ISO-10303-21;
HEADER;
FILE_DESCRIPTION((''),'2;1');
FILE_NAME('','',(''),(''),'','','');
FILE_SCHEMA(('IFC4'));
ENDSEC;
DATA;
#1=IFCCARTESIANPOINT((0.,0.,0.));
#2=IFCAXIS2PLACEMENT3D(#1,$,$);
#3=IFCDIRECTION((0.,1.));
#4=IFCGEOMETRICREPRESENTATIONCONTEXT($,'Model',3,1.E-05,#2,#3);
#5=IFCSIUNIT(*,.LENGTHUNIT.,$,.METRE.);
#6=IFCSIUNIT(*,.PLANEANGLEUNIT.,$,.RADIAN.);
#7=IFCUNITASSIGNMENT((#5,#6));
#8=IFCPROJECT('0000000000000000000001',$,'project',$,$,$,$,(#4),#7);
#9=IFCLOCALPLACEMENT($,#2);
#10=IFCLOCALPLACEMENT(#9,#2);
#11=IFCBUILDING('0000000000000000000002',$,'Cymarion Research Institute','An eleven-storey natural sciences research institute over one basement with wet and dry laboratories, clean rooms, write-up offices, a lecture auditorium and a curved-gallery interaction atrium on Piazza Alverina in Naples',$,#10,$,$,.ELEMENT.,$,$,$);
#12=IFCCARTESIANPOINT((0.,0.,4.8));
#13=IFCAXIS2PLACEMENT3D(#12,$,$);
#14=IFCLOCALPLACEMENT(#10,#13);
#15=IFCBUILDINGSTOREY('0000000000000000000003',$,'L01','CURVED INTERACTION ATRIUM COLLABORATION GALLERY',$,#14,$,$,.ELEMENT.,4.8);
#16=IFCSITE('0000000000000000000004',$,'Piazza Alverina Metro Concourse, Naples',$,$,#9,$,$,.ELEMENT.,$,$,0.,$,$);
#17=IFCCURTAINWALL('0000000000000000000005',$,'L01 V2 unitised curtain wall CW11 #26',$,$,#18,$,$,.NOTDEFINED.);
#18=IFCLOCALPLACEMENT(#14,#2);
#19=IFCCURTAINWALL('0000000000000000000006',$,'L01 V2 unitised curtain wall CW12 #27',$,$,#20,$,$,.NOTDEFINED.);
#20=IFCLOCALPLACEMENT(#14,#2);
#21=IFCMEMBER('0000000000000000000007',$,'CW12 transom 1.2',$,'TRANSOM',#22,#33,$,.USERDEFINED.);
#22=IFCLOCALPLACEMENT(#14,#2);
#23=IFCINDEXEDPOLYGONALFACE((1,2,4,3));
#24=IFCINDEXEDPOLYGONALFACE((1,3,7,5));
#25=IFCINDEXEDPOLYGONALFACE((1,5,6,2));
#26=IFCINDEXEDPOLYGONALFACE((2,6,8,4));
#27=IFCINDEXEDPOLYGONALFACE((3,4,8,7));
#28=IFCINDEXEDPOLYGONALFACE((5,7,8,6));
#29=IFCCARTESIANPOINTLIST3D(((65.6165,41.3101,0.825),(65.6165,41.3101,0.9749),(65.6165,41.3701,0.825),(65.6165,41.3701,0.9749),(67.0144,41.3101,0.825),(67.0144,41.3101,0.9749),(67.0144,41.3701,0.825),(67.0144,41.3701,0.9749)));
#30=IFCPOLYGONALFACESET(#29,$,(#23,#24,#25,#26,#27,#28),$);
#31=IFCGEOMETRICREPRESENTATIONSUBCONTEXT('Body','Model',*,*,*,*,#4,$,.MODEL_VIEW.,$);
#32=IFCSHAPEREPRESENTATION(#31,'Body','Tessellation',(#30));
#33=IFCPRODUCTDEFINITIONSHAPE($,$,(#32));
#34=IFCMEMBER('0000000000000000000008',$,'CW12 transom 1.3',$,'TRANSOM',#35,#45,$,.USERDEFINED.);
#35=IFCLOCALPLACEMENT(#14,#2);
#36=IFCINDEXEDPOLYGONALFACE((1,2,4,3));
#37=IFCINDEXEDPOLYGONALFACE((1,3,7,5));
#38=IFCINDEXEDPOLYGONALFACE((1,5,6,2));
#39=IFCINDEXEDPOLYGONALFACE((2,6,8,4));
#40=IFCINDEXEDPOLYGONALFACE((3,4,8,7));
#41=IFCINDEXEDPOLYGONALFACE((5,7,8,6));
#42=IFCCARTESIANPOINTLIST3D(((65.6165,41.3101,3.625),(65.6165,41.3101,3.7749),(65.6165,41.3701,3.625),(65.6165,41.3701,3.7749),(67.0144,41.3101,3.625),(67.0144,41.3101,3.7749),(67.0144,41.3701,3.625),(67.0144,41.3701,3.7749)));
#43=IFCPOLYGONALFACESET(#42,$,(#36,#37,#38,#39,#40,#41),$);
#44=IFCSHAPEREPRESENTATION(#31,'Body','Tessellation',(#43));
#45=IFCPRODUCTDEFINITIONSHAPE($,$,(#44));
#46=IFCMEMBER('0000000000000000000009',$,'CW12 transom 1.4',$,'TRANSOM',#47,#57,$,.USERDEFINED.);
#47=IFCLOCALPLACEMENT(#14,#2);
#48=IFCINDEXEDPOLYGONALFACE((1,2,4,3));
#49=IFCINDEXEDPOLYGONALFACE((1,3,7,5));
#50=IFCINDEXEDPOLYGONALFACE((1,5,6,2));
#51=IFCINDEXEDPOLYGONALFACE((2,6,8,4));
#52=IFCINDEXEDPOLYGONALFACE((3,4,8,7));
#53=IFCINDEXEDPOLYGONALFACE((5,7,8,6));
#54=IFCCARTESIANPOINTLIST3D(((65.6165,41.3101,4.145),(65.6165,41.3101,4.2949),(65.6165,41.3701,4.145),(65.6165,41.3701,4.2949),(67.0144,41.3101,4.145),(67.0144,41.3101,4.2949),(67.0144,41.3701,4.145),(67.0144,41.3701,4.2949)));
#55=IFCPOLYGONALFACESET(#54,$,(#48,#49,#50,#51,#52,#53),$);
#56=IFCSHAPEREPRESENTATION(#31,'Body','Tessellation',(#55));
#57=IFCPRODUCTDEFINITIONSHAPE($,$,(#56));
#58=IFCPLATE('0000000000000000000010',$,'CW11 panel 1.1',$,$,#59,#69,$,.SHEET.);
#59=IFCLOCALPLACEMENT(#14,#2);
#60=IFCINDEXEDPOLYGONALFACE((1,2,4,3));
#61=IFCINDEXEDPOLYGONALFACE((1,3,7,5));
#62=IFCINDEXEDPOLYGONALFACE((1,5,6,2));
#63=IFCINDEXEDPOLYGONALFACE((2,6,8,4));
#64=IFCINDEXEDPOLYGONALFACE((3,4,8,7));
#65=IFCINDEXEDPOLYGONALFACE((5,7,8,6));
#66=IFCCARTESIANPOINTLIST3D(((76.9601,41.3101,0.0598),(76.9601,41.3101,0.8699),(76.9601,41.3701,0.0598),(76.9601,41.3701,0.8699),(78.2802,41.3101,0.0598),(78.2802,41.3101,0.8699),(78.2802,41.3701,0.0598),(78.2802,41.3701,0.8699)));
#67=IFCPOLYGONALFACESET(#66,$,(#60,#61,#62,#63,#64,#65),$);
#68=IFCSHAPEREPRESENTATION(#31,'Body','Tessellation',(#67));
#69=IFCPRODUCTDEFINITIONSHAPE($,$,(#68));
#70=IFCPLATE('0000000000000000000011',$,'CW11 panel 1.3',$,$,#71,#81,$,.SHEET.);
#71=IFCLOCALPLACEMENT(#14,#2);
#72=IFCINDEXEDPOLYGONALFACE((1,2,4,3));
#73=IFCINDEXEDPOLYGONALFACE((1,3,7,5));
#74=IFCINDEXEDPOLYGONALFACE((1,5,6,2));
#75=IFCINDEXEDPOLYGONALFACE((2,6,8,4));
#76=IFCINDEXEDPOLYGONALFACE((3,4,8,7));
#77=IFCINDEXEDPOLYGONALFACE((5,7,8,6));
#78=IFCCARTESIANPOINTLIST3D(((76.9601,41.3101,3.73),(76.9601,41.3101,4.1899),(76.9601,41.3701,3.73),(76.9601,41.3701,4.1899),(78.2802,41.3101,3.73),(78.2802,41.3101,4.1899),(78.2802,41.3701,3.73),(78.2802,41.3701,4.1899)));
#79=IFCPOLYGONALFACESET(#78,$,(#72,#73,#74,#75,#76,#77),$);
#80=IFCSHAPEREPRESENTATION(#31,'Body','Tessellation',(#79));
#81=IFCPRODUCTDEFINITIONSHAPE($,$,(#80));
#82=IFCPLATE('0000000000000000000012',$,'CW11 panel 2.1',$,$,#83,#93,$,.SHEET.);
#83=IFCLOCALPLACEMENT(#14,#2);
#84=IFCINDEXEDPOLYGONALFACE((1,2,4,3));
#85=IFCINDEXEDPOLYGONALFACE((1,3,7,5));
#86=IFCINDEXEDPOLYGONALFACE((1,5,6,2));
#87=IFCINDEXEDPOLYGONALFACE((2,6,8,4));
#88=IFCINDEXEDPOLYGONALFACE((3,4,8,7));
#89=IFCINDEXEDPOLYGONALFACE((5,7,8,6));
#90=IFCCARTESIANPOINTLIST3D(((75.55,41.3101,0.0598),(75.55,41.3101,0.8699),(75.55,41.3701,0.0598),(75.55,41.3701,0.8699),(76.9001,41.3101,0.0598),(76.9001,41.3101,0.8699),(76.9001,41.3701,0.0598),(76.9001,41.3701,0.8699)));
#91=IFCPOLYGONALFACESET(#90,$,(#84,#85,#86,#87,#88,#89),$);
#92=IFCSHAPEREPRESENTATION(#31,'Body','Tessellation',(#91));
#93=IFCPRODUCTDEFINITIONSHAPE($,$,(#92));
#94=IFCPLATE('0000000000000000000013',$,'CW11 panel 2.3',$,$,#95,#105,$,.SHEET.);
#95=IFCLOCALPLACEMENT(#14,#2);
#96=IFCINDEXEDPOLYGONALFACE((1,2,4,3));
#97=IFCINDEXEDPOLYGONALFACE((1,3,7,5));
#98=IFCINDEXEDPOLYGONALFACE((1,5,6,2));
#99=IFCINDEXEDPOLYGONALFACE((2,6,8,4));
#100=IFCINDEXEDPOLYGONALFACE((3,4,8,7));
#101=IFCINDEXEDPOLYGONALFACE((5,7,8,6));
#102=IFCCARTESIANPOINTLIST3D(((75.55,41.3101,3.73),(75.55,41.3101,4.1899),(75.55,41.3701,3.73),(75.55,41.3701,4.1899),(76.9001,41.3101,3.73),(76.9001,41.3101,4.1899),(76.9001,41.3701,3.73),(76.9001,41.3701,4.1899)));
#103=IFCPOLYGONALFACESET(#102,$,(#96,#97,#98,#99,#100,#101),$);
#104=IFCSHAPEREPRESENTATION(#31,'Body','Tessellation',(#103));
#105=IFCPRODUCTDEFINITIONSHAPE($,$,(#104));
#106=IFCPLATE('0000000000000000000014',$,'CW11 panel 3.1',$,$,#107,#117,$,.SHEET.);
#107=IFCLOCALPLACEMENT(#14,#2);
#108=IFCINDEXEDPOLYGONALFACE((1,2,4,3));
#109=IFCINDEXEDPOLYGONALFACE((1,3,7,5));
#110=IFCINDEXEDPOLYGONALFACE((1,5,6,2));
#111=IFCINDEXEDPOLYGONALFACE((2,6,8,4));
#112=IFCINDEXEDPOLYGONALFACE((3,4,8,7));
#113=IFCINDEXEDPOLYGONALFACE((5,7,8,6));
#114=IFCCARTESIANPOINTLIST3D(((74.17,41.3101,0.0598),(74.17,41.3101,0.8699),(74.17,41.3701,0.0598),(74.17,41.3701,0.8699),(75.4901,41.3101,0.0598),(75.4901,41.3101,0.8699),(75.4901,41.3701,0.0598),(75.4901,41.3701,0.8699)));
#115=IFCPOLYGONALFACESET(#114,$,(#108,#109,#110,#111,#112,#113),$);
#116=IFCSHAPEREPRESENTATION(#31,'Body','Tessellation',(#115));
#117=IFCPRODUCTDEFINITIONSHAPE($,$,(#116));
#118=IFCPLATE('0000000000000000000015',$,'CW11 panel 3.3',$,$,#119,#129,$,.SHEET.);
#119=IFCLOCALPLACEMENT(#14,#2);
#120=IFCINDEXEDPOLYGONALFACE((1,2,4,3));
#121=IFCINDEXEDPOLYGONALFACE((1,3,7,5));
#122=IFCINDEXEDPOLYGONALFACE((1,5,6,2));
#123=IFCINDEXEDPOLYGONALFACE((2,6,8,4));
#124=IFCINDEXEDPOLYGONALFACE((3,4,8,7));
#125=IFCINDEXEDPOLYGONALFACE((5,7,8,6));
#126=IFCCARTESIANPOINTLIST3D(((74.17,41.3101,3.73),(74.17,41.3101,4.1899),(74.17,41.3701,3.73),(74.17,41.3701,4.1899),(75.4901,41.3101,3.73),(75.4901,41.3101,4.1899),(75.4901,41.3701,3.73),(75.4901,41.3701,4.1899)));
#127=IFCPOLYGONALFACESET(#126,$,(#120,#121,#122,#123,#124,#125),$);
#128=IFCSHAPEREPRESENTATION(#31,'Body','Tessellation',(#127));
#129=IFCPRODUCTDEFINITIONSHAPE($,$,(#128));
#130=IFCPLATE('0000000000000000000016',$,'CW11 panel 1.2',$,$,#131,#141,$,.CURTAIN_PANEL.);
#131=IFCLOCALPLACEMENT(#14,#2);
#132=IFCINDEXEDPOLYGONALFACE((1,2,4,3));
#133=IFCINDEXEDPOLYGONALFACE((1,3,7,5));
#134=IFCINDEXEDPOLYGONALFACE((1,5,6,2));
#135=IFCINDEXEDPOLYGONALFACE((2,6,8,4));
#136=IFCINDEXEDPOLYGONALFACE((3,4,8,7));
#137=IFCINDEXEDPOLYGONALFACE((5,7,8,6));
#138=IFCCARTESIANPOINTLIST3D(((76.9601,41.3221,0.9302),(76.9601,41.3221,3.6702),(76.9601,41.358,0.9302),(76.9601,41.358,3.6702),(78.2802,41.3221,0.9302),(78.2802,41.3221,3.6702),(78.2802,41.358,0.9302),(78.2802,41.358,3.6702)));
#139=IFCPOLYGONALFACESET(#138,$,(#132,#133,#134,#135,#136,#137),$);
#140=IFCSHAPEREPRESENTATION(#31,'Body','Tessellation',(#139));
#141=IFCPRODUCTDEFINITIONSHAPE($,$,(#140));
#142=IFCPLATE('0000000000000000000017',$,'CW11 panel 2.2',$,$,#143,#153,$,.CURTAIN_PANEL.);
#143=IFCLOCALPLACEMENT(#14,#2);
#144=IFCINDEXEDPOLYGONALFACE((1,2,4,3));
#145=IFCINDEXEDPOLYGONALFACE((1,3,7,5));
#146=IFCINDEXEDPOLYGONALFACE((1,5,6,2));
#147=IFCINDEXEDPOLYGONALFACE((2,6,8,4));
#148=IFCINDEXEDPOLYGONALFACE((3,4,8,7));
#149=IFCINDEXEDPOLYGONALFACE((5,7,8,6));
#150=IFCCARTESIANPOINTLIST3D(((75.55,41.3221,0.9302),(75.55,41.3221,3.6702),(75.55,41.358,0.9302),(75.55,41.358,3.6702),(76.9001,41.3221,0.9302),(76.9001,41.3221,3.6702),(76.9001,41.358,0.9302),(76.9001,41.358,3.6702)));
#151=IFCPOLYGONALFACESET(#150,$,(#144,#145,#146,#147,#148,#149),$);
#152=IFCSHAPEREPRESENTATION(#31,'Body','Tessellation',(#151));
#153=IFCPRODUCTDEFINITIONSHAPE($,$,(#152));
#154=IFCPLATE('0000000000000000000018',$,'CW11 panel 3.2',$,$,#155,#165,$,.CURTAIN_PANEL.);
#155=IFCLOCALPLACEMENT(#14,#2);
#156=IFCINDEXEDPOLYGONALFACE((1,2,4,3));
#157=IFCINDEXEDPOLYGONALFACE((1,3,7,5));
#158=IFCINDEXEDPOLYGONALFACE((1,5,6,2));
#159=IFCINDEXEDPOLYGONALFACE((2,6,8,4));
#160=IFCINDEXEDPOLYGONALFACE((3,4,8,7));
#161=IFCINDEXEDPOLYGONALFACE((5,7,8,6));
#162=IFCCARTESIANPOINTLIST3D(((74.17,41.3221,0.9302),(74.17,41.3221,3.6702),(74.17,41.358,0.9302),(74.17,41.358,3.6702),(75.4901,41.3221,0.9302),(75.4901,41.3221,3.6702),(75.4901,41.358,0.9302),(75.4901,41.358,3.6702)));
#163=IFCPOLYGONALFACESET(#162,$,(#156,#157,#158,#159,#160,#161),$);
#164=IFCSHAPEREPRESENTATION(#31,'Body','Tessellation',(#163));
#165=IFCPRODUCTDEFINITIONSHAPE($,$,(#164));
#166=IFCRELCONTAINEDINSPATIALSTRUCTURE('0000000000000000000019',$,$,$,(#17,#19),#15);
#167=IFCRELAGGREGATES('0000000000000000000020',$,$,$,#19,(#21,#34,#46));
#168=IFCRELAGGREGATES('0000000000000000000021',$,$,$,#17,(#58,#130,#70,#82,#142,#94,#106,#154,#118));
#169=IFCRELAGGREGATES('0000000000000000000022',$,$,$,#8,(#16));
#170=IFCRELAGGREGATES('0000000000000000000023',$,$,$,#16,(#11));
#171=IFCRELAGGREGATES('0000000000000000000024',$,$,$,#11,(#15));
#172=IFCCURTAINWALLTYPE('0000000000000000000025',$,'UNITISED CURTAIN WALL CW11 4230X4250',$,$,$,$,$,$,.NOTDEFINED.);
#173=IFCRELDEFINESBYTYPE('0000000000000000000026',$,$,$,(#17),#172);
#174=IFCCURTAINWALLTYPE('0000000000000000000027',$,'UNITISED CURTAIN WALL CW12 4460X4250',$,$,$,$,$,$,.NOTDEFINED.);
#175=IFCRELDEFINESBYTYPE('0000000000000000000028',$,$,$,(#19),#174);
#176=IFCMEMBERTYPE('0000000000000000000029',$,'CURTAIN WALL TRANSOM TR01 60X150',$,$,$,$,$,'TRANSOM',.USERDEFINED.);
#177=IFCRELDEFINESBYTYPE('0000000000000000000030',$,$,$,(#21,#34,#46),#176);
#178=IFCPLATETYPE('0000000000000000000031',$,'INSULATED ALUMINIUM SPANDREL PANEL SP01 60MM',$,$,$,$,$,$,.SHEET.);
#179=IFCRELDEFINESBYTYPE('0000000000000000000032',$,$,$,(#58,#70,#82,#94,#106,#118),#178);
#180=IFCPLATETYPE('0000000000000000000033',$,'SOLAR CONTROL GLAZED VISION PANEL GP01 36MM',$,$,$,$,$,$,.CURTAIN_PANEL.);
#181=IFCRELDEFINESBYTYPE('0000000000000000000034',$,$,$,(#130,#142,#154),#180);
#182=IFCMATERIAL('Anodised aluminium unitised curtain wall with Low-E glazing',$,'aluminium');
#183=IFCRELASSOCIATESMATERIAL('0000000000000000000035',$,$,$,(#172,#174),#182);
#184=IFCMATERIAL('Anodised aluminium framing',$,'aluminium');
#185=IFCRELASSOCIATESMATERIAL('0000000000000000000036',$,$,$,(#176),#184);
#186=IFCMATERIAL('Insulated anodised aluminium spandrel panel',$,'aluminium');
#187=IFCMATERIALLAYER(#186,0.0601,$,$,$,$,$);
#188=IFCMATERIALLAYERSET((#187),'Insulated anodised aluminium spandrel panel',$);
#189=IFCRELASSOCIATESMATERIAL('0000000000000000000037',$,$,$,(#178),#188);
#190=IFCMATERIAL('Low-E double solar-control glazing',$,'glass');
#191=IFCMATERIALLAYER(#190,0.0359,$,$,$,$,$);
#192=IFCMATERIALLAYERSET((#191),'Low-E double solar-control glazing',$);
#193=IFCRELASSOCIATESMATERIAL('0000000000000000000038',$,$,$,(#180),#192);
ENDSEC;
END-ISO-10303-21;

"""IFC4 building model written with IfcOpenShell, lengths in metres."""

from ifc_helpers import new_model, si_unit, direction, frame, origin, origin_2d, place, context, subcontext, project, spatial, rectangle, extrude, material, layer, layer_set, material_profile, profile_set, type_object, element, aggregate, save


model = new_model("IFC4")

# Units and contexts
model_context = context("Model", 3, precision=1e-05, world=origin(), true_north=direction((0.0, 1.0)))
body_context = subcontext(model_context, "Body", "Model", "MODEL_VIEW")
ifc_project = project(units=[si_unit("LENGTHUNIT", "METRE"), si_unit("PLANEANGLEUNIT", "RADIAN")], contexts=[model_context])

# Site, building, storey
site_placement = place(None, origin())
site = spatial("IfcSite", under=ifc_project, at=site_placement, Name="Piazza Alverina Metro Concourse, Naples", CompositionType="ELEMENT", RefElevation=0.0)
building_placement = place(site_placement, origin())
building = spatial("IfcBuilding", under=site, at=building_placement, Name="Cymarion Research Institute", Description="An eleven-storey natural sciences research institute over one basement with wet and dry laboratories, clean rooms, write-up offices, a lecture auditorium and a curved-gallery interaction atrium on Piazza Alverina in Naples", CompositionType="ELEMENT")
storey_placement = place(building_placement, frame((0.0, 0.0, 4.8)))
storey = spatial("IfcBuildingStorey", under=building, at=storey_placement, Name="L01", Description="CURVED INTERACTION ATRIUM COLLABORATION GALLERY", CompositionType="ELEMENT", Elevation=4.8)

# Curtain wall
ifc_material_1 = material(Name="Anodised aluminium unitised curtain wall with Low-E glazing", Category="aluminium")
curtain_wall_type_1 = type_object("IfcCurtainWallType", Name="UNITISED CURTAIN WALL CW11 4230X4250", PredefinedType="NOTDEFINED", material=ifc_material_1)
curtain_wall_1_placement = place(storey_placement, origin())
curtain_wall_1 = element("IfcCurtainWall", 1, at=curtain_wall_1_placement, inside=storey, type_object=curtain_wall_type_1, Name="L01 V2 unitised curtain wall CW11 #26", PredefinedType="NOTDEFINED")
ifc_material_2 = material(Name="Anodised aluminium framing", Category="aluminium")

# Curtain wall
curtain_wall_type_2 = type_object("IfcCurtainWallType", Name="UNITISED CURTAIN WALL CW12 4460X4250", PredefinedType="NOTDEFINED", material=ifc_material_1)
curtain_wall_2_placement = place(storey_placement, origin())
curtain_wall_2 = element("IfcCurtainWall", 2, at=curtain_wall_2_placement, inside=storey, type_object=curtain_wall_type_2, Name="L01 V2 unitised curtain wall CW12 #27", PredefinedType="NOTDEFINED")

# Members
ifc_material_profile_1 = material_profile(ifc_material_2, rectangle(XDim=0.0601, YDim=0.1499, at=origin_2d()), Name="ALU TRANSOM 60x150")
ifc_profile_set_1 = profile_set([ifc_material_profile_1], Name="Anodised aluminium framing")
member_type_1 = type_object("IfcMemberType", Name="CURTAIN WALL TRANSOM TR01 60X150", ElementType="TRANSOM", PredefinedType="USERDEFINED", material=ifc_profile_set_1)
member_1_placement = place(storey_placement, frame((67.0144, 41.3401, 0.8999), z_axis=(-1.0, 0.0, 0.0), x_axis=(0.0, -1.0, 0.0)))
member_1 = element("IfcMember", 3, at=member_1_placement, type_object=member_type_1, Name="CW12 transom 1.2", ObjectType="TRANSOM", PredefinedType="USERDEFINED", context=body_context, shape_type="SweptSolid", body=[
    extrude(rectangle(XDim=0.0601, YDim=0.1499, at=origin_2d()), origin(), (0.0, 0.0, 1.0), 1.3979),
])
member_2_placement = place(storey_placement, frame((67.0144, 41.3401, 3.7), z_axis=(-1.0, 0.0, 0.0), x_axis=(0.0, -1.0, 0.0)))
member_2 = element("IfcMember", 4, at=member_2_placement, type_object=member_type_1, Name="CW12 transom 1.3", ObjectType="TRANSOM", PredefinedType="USERDEFINED", context=body_context, shape_type="SweptSolid", body=[
    extrude(rectangle(XDim=0.0601, YDim=0.1499, at=origin_2d()), origin(), (0.0, 0.0, 1.0), 1.3979),
])
member_3_placement = place(storey_placement, frame((67.0144, 41.3401, 4.22), z_axis=(-1.0, 0.0, 0.0), x_axis=(0.0, -1.0, 0.0)))
member_3 = element("IfcMember", 5, at=member_3_placement, type_object=member_type_1, Name="CW12 transom 1.4", ObjectType="TRANSOM", PredefinedType="USERDEFINED", context=body_context, shape_type="SweptSolid", body=[
    extrude(rectangle(XDim=0.0601, YDim=0.1499, at=origin_2d()), origin(), (0.0, 0.0, 1.0), 1.3979),
])
aggregate(curtain_wall_2, [member_1, member_2, member_3])

# Plates
ifc_material_3 = material(Name="Insulated anodised aluminium spandrel panel", Category="aluminium")
ifc_layer_1 = layer(ifc_material_3, 0.0601)
ifc_layer_set_1 = layer_set([ifc_layer_1], Name="Insulated anodised aluminium spandrel panel")
plate_type_1 = type_object("IfcPlateType", Name="INSULATED ALUMINIUM SPANDREL PANEL SP01 60MM", PredefinedType="SHEET", material=ifc_layer_set_1)
plate_1_placement = place(storey_placement, frame((77.6201, 41.3401, 0.0598), z_axis=(0.0, 0.0, 1.0), x_axis=(-1.0, 0.0, 0.0)))
plate_1 = element("IfcPlate", 6, at=plate_1_placement, type_object=plate_type_1, Name="CW11 panel 1.1", PredefinedType="SHEET", context=body_context, shape_type="SweptSolid", body=[
    extrude(rectangle(XDim=1.3201, YDim=0.0601, at=origin_2d()), origin(), (0.0, 0.0, 1.0), 0.8101),
])
plate_2_placement = place(storey_placement, frame((77.6201, 41.3401, 3.73), z_axis=(0.0, 0.0, 1.0), x_axis=(-1.0, 0.0, 0.0)))
plate_2 = element("IfcPlate", 7, at=plate_2_placement, type_object=plate_type_1, Name="CW11 panel 1.3", PredefinedType="SHEET", context=body_context, shape_type="SweptSolid", body=[
    extrude(rectangle(XDim=1.3201, YDim=0.0601, at=origin_2d()), origin(), (0.0, 0.0, 1.0), 0.46),
])
plate_3_placement = place(storey_placement, frame((76.2251, 41.3401, 0.0598), z_axis=(0.0, 0.0, 1.0), x_axis=(-1.0, 0.0, 0.0)))
plate_3 = element("IfcPlate", 8, at=plate_3_placement, type_object=plate_type_1, Name="CW11 panel 2.1", PredefinedType="SHEET", context=body_context, shape_type="SweptSolid", body=[
    extrude(rectangle(XDim=1.3501, YDim=0.0601, at=origin_2d()), origin(), (0.0, 0.0, 1.0), 0.8101),
])
plate_4_placement = place(storey_placement, frame((76.2251, 41.3401, 3.73), z_axis=(0.0, 0.0, 1.0), x_axis=(-1.0, 0.0, 0.0)))
plate_4 = element("IfcPlate", 9, at=plate_4_placement, type_object=plate_type_1, Name="CW11 panel 2.3", PredefinedType="SHEET", context=body_context, shape_type="SweptSolid", body=[
    extrude(rectangle(XDim=1.3501, YDim=0.0601, at=origin_2d()), origin(), (0.0, 0.0, 1.0), 0.46),
])
plate_5_placement = place(storey_placement, frame((74.8301, 41.3401, 0.0598), z_axis=(0.0, 0.0, 1.0), x_axis=(-1.0, 0.0, 0.0)))
plate_5 = element("IfcPlate", 10, at=plate_5_placement, type_object=plate_type_1, Name="CW11 panel 3.1", PredefinedType="SHEET", context=body_context, shape_type="SweptSolid", body=[
    extrude(rectangle(XDim=1.3201, YDim=0.0601, at=origin_2d()), origin(), (0.0, 0.0, 1.0), 0.8101),
])
plate_6_placement = place(storey_placement, frame((74.8301, 41.3401, 3.73), z_axis=(0.0, 0.0, 1.0), x_axis=(-1.0, 0.0, 0.0)))
plate_6 = element("IfcPlate", 11, at=plate_6_placement, type_object=plate_type_1, Name="CW11 panel 3.3", PredefinedType="SHEET", context=body_context, shape_type="SweptSolid", body=[
    extrude(rectangle(XDim=1.3201, YDim=0.0601, at=origin_2d()), origin(), (0.0, 0.0, 1.0), 0.46),
])
ifc_material_4 = material(Name="Low-E double solar-control glazing", Category="glass")
ifc_layer_2 = layer(ifc_material_4, 0.0359)
ifc_layer_set_2 = layer_set([ifc_layer_2], Name="Low-E double solar-control glazing")
plate_type_2 = type_object("IfcPlateType", Name="SOLAR CONTROL GLAZED VISION PANEL GP01 36MM", PredefinedType="CURTAIN_PANEL", material=ifc_layer_set_2)
plate_7_placement = place(storey_placement, frame((77.6201, 41.3401, 0.9302), z_axis=(0.0, 0.0, 1.0), x_axis=(-1.0, 0.0, 0.0)))
plate_7 = element("IfcPlate", 12, at=plate_7_placement, type_object=plate_type_2, Name="CW11 panel 1.2", PredefinedType="CURTAIN_PANEL", context=body_context, shape_type="SweptSolid", body=[
    extrude(rectangle(XDim=1.3201, YDim=0.0359, at=origin_2d()), origin(), (0.0, 0.0, 1.0), 2.74),
])
plate_8_placement = place(storey_placement, frame((76.2251, 41.3401, 0.9302), z_axis=(0.0, 0.0, 1.0), x_axis=(-1.0, 0.0, 0.0)))
plate_8 = element("IfcPlate", 13, at=plate_8_placement, type_object=plate_type_2, Name="CW11 panel 2.2", PredefinedType="CURTAIN_PANEL", context=body_context, shape_type="SweptSolid", body=[
    extrude(rectangle(XDim=1.3501, YDim=0.0359, at=origin_2d()), origin(), (0.0, 0.0, 1.0), 2.74),
])
plate_9_placement = place(storey_placement, frame((74.8301, 41.3401, 0.9302), z_axis=(0.0, 0.0, 1.0), x_axis=(-1.0, 0.0, 0.0)))
plate_9 = element("IfcPlate", 14, at=plate_9_placement, type_object=plate_type_2, Name="CW11 panel 3.2", PredefinedType="CURTAIN_PANEL", context=body_context, shape_type="SweptSolid", body=[
    extrude(rectangle(XDim=1.3201, YDim=0.0359, at=origin_2d()), origin(), (0.0, 0.0, 1.0), 2.74),
])
aggregate(curtain_wall_1, [plate_1, plate_7, plate_2, plate_3, plate_8, plate_4, plate_5, plate_9, plate_6])

save(model, "model.ifc")
